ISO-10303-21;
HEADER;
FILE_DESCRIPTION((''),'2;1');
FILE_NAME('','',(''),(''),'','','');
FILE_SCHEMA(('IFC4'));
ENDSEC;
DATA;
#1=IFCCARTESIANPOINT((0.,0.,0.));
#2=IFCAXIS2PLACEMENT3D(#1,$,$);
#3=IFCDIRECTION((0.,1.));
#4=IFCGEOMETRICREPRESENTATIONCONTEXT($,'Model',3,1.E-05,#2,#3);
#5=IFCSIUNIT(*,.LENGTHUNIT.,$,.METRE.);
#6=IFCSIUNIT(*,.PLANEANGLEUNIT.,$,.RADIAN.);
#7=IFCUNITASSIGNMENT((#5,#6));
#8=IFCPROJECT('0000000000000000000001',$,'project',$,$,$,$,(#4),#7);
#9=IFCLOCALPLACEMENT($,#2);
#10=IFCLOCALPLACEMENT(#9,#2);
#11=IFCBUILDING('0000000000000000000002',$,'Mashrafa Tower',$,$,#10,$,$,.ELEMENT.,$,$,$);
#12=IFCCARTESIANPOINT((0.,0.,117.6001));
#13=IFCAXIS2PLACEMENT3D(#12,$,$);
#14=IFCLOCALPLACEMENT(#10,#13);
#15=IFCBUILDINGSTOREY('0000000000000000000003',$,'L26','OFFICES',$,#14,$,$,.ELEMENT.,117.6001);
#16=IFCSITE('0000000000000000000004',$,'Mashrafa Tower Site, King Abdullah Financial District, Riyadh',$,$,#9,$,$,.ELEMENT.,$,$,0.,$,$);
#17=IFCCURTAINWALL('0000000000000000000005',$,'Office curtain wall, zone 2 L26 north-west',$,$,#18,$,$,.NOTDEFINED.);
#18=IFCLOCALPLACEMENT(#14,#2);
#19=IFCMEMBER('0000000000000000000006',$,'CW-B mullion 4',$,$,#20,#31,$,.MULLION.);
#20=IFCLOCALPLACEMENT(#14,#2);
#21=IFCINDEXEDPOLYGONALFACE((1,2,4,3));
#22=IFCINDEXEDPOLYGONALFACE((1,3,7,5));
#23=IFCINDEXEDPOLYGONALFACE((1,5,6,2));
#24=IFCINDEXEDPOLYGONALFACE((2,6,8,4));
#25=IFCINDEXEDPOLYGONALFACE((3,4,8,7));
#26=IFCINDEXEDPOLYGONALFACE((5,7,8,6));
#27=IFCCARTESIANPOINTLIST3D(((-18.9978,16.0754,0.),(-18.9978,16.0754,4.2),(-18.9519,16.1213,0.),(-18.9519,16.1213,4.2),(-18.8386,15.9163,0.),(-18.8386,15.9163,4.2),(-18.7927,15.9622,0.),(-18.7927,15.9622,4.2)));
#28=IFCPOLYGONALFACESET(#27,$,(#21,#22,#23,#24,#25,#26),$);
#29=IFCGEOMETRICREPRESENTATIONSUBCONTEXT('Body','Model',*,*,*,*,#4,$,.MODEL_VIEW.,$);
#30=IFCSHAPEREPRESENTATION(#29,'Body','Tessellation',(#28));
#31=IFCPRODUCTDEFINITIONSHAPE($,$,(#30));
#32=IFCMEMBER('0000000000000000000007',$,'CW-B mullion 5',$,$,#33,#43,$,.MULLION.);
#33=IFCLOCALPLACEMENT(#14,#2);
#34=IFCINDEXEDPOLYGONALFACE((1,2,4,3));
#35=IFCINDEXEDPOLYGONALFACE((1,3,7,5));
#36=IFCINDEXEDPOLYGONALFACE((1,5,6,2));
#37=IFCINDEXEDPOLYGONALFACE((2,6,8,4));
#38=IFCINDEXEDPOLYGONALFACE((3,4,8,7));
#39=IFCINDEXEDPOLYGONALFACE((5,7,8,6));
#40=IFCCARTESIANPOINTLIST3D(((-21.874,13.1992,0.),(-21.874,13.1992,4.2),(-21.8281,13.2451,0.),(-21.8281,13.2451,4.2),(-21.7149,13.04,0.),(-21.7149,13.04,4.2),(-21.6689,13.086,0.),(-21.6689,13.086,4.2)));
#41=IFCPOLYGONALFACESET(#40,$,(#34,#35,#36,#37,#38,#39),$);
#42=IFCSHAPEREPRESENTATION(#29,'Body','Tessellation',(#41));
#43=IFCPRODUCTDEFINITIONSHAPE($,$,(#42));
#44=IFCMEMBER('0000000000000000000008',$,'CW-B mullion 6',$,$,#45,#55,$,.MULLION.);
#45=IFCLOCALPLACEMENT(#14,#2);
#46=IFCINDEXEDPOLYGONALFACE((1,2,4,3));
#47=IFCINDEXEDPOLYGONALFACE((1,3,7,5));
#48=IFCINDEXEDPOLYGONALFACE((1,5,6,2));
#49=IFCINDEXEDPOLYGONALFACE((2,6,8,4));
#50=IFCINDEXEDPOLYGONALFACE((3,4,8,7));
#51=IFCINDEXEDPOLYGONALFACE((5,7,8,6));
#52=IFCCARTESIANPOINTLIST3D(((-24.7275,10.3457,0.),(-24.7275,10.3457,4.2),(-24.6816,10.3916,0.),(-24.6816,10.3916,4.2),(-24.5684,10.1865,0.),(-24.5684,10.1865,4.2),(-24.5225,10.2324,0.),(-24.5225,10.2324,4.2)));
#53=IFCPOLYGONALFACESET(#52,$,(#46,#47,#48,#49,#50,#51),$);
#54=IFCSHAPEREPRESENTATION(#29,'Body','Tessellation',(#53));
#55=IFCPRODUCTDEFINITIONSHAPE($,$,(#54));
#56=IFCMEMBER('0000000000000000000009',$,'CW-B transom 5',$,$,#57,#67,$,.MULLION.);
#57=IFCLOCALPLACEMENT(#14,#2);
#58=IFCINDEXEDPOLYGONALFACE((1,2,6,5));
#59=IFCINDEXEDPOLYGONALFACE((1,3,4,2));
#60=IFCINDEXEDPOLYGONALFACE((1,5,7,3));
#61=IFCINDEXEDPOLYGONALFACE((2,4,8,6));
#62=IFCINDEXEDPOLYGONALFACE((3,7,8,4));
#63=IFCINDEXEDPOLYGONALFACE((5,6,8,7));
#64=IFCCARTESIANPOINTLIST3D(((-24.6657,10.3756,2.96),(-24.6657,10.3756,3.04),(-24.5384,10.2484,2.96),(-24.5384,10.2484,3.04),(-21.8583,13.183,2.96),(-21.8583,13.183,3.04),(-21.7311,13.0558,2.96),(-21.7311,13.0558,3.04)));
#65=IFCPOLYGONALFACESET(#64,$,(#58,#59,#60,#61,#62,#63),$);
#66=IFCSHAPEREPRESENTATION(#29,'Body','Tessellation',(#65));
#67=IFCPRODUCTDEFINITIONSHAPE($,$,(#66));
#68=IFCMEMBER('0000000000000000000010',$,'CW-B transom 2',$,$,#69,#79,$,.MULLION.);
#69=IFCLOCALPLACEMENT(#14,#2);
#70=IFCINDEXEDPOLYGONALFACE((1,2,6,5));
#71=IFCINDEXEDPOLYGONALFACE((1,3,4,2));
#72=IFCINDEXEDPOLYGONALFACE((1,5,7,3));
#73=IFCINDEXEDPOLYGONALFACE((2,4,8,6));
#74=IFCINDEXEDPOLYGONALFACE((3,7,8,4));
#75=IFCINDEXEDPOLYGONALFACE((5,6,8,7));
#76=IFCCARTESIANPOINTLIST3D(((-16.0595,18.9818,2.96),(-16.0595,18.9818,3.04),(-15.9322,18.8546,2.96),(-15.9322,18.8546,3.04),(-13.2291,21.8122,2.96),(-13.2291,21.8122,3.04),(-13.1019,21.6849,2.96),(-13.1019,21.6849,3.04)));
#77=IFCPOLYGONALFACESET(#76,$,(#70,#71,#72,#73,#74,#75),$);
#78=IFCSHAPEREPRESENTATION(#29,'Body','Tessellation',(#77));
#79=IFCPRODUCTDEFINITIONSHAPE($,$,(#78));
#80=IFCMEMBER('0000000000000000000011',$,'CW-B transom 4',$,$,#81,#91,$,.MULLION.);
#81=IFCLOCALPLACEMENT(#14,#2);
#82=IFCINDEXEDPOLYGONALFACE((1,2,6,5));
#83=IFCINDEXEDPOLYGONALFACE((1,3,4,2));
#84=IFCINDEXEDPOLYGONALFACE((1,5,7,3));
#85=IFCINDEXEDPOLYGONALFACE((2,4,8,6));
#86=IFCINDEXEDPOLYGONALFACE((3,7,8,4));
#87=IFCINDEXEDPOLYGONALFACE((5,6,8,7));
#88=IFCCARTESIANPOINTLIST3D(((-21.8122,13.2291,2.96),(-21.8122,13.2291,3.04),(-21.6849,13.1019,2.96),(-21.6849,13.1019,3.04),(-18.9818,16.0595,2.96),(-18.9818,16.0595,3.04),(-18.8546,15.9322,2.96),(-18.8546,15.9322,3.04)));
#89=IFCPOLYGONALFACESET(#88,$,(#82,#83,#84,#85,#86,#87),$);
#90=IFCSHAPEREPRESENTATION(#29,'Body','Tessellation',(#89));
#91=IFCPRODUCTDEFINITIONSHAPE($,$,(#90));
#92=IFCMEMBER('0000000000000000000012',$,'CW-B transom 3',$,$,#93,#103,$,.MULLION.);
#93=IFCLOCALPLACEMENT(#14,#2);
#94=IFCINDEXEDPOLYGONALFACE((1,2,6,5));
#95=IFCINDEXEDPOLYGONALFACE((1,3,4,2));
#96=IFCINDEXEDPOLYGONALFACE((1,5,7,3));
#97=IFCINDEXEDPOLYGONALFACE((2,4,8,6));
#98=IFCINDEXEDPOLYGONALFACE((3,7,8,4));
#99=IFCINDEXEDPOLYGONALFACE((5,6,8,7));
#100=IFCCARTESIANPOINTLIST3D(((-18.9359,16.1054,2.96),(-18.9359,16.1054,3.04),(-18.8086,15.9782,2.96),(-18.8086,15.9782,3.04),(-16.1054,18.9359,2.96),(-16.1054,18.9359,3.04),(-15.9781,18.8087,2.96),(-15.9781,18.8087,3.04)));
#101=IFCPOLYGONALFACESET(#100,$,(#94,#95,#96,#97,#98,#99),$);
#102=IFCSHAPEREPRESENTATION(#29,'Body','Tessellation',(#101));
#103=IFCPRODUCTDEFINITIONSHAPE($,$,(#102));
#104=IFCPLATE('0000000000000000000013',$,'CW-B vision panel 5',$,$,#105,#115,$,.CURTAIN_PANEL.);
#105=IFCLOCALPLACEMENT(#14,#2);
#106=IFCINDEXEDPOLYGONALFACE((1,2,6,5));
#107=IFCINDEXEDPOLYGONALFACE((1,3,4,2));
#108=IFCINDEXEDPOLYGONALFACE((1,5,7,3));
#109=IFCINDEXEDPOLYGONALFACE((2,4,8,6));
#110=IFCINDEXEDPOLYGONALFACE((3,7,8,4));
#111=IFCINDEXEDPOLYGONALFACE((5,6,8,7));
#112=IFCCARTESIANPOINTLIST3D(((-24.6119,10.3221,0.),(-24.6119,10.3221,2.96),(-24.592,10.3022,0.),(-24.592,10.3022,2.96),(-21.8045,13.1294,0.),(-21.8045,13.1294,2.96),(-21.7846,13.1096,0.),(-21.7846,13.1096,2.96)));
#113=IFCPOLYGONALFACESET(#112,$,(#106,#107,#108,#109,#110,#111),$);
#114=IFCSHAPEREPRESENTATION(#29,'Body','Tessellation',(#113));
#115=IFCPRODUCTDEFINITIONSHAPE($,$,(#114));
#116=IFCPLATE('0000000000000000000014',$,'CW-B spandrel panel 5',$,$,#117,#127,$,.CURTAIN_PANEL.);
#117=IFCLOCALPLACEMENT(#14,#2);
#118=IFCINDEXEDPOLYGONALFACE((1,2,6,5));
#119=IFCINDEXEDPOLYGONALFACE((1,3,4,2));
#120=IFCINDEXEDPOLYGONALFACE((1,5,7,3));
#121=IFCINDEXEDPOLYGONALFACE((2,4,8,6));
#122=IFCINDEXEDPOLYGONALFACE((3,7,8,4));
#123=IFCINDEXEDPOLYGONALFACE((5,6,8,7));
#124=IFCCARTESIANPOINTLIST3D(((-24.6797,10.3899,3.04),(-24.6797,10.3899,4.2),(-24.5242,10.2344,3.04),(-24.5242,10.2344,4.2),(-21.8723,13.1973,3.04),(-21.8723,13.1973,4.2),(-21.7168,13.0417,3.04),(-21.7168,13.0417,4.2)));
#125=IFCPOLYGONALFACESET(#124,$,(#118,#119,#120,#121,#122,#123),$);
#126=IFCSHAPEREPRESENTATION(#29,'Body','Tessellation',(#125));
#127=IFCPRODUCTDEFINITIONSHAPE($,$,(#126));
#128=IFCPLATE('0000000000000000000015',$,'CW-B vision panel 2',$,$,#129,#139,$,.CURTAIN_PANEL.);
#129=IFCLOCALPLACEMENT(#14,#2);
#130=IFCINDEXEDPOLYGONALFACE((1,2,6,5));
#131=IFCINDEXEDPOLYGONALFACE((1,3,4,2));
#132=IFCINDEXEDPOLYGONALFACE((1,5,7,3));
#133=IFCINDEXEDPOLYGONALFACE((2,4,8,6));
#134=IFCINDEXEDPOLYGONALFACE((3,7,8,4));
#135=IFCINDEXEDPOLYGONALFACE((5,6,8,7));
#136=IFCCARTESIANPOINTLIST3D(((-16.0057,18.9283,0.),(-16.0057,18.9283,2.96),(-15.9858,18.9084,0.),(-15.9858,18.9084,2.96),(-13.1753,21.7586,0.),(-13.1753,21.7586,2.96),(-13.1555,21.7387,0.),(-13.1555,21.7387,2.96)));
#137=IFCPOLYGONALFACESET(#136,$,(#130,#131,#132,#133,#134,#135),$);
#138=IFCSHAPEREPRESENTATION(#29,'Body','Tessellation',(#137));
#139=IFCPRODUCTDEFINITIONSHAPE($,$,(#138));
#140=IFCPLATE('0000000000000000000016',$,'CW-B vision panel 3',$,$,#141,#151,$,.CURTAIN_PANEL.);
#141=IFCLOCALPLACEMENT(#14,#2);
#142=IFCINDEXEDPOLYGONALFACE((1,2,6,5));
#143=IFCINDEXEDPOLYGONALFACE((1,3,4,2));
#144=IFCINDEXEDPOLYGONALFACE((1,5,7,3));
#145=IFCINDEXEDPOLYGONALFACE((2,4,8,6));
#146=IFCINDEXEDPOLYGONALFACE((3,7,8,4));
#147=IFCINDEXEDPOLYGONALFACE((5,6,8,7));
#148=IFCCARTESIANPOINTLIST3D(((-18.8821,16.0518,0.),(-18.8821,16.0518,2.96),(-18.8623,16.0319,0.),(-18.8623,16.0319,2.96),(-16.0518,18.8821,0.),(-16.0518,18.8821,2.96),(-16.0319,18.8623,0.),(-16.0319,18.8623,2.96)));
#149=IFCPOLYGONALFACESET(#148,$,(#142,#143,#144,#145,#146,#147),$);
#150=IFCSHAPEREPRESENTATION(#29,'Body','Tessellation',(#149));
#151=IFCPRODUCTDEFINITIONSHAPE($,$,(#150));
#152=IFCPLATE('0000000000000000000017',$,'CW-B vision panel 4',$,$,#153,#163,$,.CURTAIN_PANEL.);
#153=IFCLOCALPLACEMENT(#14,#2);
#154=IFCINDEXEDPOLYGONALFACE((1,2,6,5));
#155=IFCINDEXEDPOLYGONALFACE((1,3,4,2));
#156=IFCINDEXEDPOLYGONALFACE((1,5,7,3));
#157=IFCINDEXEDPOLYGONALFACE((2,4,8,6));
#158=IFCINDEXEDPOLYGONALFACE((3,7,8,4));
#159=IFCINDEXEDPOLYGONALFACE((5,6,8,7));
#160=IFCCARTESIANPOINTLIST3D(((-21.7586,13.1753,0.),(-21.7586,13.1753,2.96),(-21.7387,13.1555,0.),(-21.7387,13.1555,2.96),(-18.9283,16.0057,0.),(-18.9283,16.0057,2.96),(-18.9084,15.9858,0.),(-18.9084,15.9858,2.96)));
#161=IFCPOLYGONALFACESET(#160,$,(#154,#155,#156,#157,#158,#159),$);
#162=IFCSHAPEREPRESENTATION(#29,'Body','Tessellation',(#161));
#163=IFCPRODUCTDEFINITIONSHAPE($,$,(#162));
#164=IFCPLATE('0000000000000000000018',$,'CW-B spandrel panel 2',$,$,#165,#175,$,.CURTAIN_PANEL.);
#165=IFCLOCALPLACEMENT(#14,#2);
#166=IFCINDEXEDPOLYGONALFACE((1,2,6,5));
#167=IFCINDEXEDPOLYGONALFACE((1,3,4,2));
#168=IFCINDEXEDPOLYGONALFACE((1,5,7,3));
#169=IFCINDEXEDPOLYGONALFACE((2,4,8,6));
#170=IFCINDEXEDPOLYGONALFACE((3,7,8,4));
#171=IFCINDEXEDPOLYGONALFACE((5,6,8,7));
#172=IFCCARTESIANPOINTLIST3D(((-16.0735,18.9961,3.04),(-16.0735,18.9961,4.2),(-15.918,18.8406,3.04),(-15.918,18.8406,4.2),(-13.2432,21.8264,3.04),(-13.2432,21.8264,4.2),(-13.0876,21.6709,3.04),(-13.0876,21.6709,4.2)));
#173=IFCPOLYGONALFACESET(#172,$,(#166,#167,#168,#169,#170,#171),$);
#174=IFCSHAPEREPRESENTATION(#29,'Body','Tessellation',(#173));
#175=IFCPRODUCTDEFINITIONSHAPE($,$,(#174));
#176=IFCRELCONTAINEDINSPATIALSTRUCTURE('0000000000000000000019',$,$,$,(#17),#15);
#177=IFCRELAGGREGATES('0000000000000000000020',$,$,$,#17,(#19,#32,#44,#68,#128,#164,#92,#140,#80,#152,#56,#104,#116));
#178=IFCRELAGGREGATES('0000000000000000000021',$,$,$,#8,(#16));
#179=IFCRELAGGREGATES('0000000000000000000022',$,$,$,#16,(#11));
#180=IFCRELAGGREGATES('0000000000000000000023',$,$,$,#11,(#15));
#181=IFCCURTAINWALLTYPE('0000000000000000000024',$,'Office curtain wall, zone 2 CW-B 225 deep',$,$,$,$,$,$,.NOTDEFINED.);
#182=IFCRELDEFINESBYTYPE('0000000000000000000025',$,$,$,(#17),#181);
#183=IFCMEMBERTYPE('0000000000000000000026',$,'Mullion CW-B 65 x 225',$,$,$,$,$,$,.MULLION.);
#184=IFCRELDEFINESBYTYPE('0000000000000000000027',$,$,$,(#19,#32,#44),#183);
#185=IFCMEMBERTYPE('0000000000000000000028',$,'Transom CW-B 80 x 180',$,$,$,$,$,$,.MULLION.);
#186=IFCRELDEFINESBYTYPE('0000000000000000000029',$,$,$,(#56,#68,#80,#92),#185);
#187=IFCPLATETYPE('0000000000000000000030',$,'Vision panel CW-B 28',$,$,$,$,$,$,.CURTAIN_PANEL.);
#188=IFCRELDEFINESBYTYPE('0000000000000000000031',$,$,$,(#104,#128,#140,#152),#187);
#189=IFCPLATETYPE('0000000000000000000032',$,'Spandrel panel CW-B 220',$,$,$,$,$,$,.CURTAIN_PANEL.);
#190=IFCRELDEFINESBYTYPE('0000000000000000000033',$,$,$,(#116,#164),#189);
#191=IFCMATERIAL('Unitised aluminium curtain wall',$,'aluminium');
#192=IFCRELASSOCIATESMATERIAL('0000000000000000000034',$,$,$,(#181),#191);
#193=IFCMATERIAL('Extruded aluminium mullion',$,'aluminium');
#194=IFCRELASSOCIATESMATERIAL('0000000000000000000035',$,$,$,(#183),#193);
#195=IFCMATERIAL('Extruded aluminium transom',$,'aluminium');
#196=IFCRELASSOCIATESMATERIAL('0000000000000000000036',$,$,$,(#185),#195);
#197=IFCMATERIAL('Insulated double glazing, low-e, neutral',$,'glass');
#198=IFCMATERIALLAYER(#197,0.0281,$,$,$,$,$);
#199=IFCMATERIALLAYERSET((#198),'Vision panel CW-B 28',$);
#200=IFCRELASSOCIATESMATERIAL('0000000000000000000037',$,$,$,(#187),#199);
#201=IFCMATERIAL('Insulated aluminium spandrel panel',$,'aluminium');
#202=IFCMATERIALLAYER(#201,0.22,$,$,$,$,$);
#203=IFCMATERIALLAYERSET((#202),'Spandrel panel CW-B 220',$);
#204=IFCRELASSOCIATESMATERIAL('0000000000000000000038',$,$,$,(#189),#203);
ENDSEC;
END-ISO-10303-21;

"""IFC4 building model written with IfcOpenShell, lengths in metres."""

from ifc_helpers import new_model, si_unit, direction, frame, origin, origin_2d, place, context, subcontext, project, spatial, rectangle, extrude, source, transform, mapped, material, layer, layer_set, material_profile, profile_set, type_object, type_shapes, element, aggregate, save


model = new_model("IFC4")

# Units and contexts
model_context = context("Model", 3, precision=1e-05, world=origin(), true_north=direction((0.0, 1.0)))
body_context = subcontext(model_context, "Body", "Model", "MODEL_VIEW")
ifc_project = project(units=[si_unit("LENGTHUNIT", "METRE"), si_unit("PLANEANGLEUNIT", "RADIAN")], contexts=[model_context])

# Site, building, storey
site_placement = place(None, origin())
site = spatial("IfcSite", under=ifc_project, at=site_placement, Name="Mashrafa Tower Site, King Abdullah Financial District, Riyadh", CompositionType="ELEMENT", RefElevation=0.0)
building_placement = place(site_placement, origin())
building = spatial("IfcBuilding", under=site, at=building_placement, Name="Mashrafa Tower", CompositionType="ELEMENT")
storey_placement = place(building_placement, frame((0.0, 0.0, 117.6001)))
storey = spatial("IfcBuildingStorey", under=building, at=storey_placement, Name="L26", Description="OFFICES", CompositionType="ELEMENT", Elevation=117.6001)

# Curtain wall, members, plates
ifc_material_1 = material(Name="Unitised aluminium curtain wall", Category="aluminium")
curtain_wall_type = type_object("IfcCurtainWallType", Name="Office curtain wall, zone 2 CW-B 225 deep", PredefinedType="NOTDEFINED", material=ifc_material_1)
curtain_wall_placement = place(storey_placement, origin())
curtain_wall = element("IfcCurtainWall", 1, at=curtain_wall_placement, inside=storey, type_object=curtain_wall_type, Name="Office curtain wall, zone 2 L26 north-west", PredefinedType="NOTDEFINED")
ifc_material_2 = material(Name="Extruded aluminium mullion", Category="aluminium")
ifc_material_profile_1 = material_profile(ifc_material_2, rectangle(XDim=0.2251, YDim=0.0649, at=origin_2d()), Name="Mullion 65x225")
ifc_profile_set_1 = profile_set([ifc_material_profile_1], Name="Extruded aluminium mullion")
member_type_1 = type_object("IfcMemberType", Name="Mullion CW-B 65 x 225", PredefinedType="MULLION", material=ifc_profile_set_1)
shared_shape_1 = source(origin(), body_context, "Body", "SweptSolid", [
    extrude(rectangle(XDim=0.2251, YDim=0.0649, at=origin_2d()), origin(), (0.0, 0.0, 1.0), 4.2),
])
type_shapes(member_type_1, [shared_shape_1])
member_1_placement = place(storey_placement, frame((-18.8953, 16.0188, 0.0), z_axis=(0.0, 0.0, 1.0), x_axis=(0.707107, -0.707107, 0.0)))
member_1 = element("IfcMember", 2, at=member_1_placement, type_object=member_type_1, Name="CW-B mullion 4", PredefinedType="MULLION", context=body_context, shape_type="MappedRepresentation", body=[
    mapped(shared_shape_1, transform((0.0, 0.0, 0.0))),
])
member_2_placement = place(storey_placement, frame((-21.7715, 13.1426, 0.0), z_axis=(0.0, 0.0, 1.0), x_axis=(0.707107, -0.707107, 0.0)))
member_2 = element("IfcMember", 3, at=member_2_placement, type_object=member_type_1, Name="CW-B mullion 5", PredefinedType="MULLION", context=body_context, shape_type="MappedRepresentation", body=[
    mapped(shared_shape_1, transform((0.0, 0.0, 0.0))),
])
member_3_placement = place(storey_placement, frame((-24.625, 10.2891, 0.0), z_axis=(0.0, 0.0, 1.0), x_axis=(0.707107, -0.707107, 0.0)))
member_3 = element("IfcMember", 4, at=member_3_placement, type_object=member_type_1, Name="CW-B mullion 6", PredefinedType="MULLION", context=body_context, shape_type="MappedRepresentation", body=[
    mapped(shared_shape_1, transform((0.0, 0.0, 0.0))),
])
ifc_material_3 = material(Name="Extruded aluminium transom", Category="aluminium")
ifc_material_profile_2 = material_profile(ifc_material_3, rectangle(XDim=0.1799, YDim=0.0801, at=origin_2d()), Name="Transom 80x180")
ifc_profile_set_2 = profile_set([ifc_material_profile_2], Name="Extruded aluminium transom")
member_type_2 = type_object("IfcMemberType", Name="Transom CW-B 80 x 180", PredefinedType="MULLION", material=ifc_profile_set_2)
shared_shape_2 = source(origin(), body_context, "Body", "SweptSolid", [
    extrude(rectangle(XDim=0.1799, YDim=0.0801, at=origin_2d()), origin(), (0.0, 0.0, 1.0), 3.9702),
])
member_4_placement = place(storey_placement, frame((-21.7947, 13.1194, 3.0), z_axis=(-0.707107, -0.707107, 0.0), x_axis=(0.707107, -0.707107, 0.0)))
member_4 = element("IfcMember", 5, at=member_4_placement, type_object=member_type_2, Name="CW-B transom 5", PredefinedType="MULLION", context=body_context, shape_type="MappedRepresentation", body=[
    mapped(shared_shape_2, transform((0.0, 0.0, 0.0))),
])
shared_shape_3 = source(origin(), body_context, "Body", "SweptSolid", [
    extrude(rectangle(XDim=0.1799, YDim=0.0801, at=origin_2d()), origin(), (0.0, 0.0, 1.0), 4.0027),
])
member_5_placement = place(storey_placement, frame((-13.1655, 21.7485, 3.0), z_axis=(-0.707107, -0.707107, 0.0), x_axis=(0.707107, -0.707107, 0.0)))
member_5 = element("IfcMember", 6, at=member_5_placement, type_object=member_type_2, Name="CW-B transom 2", PredefinedType="MULLION", context=body_context, shape_type="MappedRepresentation", body=[
    mapped(shared_shape_3, transform((0.0, 0.0, 0.0))),
])
member_6_placement = place(storey_placement, frame((-18.9182, 15.9958, 3.0), z_axis=(-0.707107, -0.707107, 0.0), x_axis=(0.707107, -0.707107, 0.0)))
member_6 = element("IfcMember", 7, at=member_6_placement, type_object=member_type_2, Name="CW-B transom 4", PredefinedType="MULLION", context=body_context, shape_type="MappedRepresentation", body=[
    mapped(shared_shape_3, transform((0.0, 0.0, 0.0))),
])
shared_shape_4 = source(origin(), body_context, "Body", "SweptSolid", [
    extrude(rectangle(XDim=0.1799, YDim=0.0801, at=origin_2d()), origin(), (0.0, 0.0, 1.0), 4.0029),
])
type_shapes(member_type_2, [shared_shape_2, shared_shape_3, shared_shape_4])
member_7_placement = place(storey_placement, frame((-16.0417, 18.8723, 3.0), z_axis=(-0.707107, -0.707107, 0.0), x_axis=(0.707107, -0.707107, 0.0)))
member_7 = element("IfcMember", 8, at=member_7_placement, type_object=member_type_2, Name="CW-B transom 3", PredefinedType="MULLION", context=body_context, shape_type="MappedRepresentation", body=[
    mapped(shared_shape_4, transform((0.0, 0.0, 0.0))),
])
ifc_material_4 = material(Name="Insulated double glazing, low-e, neutral", Category="glass")
ifc_layer_1 = layer(ifc_material_4, 0.0281)
ifc_layer_set_1 = layer_set([ifc_layer_1], Name="Vision panel CW-B 28")
plate_type_1 = type_object("IfcPlateType", Name="Vision panel CW-B 28", PredefinedType="CURTAIN_PANEL", material=ifc_layer_set_1)
shared_shape_5 = source(origin(), body_context, "Body", "SweptSolid", [
    extrude(rectangle(XDim=3.9702, YDim=0.0281, at=origin_2d()), origin(), (0.0, 0.0, 1.0), 2.96),
])
plate_1_placement = place(storey_placement, frame((-23.1982, 11.7158, 0.0), z_axis=(0.0, 0.0, 1.0), x_axis=(-0.707107, -0.707107, 0.0)))
plate_1 = element("IfcPlate", 9, at=plate_1_placement, type_object=plate_type_1, Name="CW-B vision panel 5", PredefinedType="CURTAIN_PANEL", context=body_context, shape_type="MappedRepresentation", body=[
    mapped(shared_shape_5, transform((0.0, 0.0, 0.0))),
])
ifc_material_5 = material(Name="Insulated aluminium spandrel panel", Category="aluminium")
ifc_layer_2 = layer(ifc_material_5, 0.22)
ifc_layer_set_2 = layer_set([ifc_layer_2], Name="Spandrel panel CW-B 220")
plate_type_2 = type_object("IfcPlateType", Name="Spandrel panel CW-B 220", PredefinedType="CURTAIN_PANEL", material=ifc_layer_set_2)
shared_shape_6 = source(origin(), body_context, "Body", "SweptSolid", [
    extrude(rectangle(XDim=3.9702, YDim=0.22, at=origin_2d()), origin(), (0.0, 0.0, 1.0), 1.1599),
])
plate_2_placement = place(storey_placement, frame((-23.1982, 11.7158, 3.04), z_axis=(0.0, 0.0, 1.0), x_axis=(-0.707107, -0.707107, 0.0)))
plate_2 = element("IfcPlate", 10, at=plate_2_placement, type_object=plate_type_2, Name="CW-B spandrel panel 5", PredefinedType="CURTAIN_PANEL", context=body_context, shape_type="MappedRepresentation", body=[
    mapped(shared_shape_6, transform((0.0, 0.0, 0.0))),
])
shared_shape_7 = source(origin(), body_context, "Body", "SweptSolid", [
    extrude(rectangle(XDim=4.0027, YDim=0.0281, at=origin_2d()), origin(), (0.0, 0.0, 1.0), 2.96),
])
type_shapes(plate_type_1, [shared_shape_5, shared_shape_7])
plate_3_placement = place(storey_placement, frame((-14.5806, 20.3335, 0.0), z_axis=(0.0, 0.0, 1.0), x_axis=(-0.707107, -0.707107, 0.0)))
plate_3 = element("IfcPlate", 11, at=plate_3_placement, type_object=plate_type_1, Name="CW-B vision panel 2", PredefinedType="CURTAIN_PANEL", context=body_context, shape_type="MappedRepresentation", body=[
    mapped(shared_shape_7, transform((0.0, 0.0, 0.0))),
])
plate_4_placement = place(storey_placement, frame((-17.457, 17.457, 0.0), z_axis=(0.0, 0.0, 1.0), x_axis=(-0.707107, -0.707107, 0.0)))
plate_4 = element("IfcPlate", 12, at=plate_4_placement, type_object=plate_type_1, Name="CW-B vision panel 3", PredefinedType="CURTAIN_PANEL", context=body_context, shape_type="MappedRepresentation", body=[
    mapped(shared_shape_7, transform((0.0, 0.0, 0.0))),
])
plate_5_placement = place(storey_placement, frame((-20.3335, 14.5806, 0.0), z_axis=(0.0, 0.0, 1.0), x_axis=(-0.707107, -0.707107, 0.0)))
plate_5 = element("IfcPlate", 13, at=plate_5_placement, type_object=plate_type_1, Name="CW-B vision panel 4", PredefinedType="CURTAIN_PANEL", context=body_context, shape_type="MappedRepresentation", body=[
    mapped(shared_shape_7, transform((0.0, 0.0, 0.0))),
])
shared_shape_8 = source(origin(), body_context, "Body", "SweptSolid", [
    extrude(rectangle(XDim=4.0027, YDim=0.22, at=origin_2d()), origin(), (0.0, 0.0, 1.0), 1.1599),
])
type_shapes(plate_type_2, [shared_shape_6, shared_shape_8])
plate_6_placement = place(storey_placement, frame((-14.5806, 20.3335, 3.04), z_axis=(0.0, 0.0, 1.0), x_axis=(-0.707107, -0.707107, 0.0)))
plate_6 = element("IfcPlate", 14, at=plate_6_placement, type_object=plate_type_2, Name="CW-B spandrel panel 2", PredefinedType="CURTAIN_PANEL", context=body_context, shape_type="MappedRepresentation", body=[
    mapped(shared_shape_8, transform((0.0, 0.0, 0.0))),
])
aggregate(curtain_wall, [member_1, member_2, member_3, member_5, plate_3, plate_6, member_7, plate_4, member_6, plate_5, member_4, plate_1, plate_2])

save(model, "model.ifc")
